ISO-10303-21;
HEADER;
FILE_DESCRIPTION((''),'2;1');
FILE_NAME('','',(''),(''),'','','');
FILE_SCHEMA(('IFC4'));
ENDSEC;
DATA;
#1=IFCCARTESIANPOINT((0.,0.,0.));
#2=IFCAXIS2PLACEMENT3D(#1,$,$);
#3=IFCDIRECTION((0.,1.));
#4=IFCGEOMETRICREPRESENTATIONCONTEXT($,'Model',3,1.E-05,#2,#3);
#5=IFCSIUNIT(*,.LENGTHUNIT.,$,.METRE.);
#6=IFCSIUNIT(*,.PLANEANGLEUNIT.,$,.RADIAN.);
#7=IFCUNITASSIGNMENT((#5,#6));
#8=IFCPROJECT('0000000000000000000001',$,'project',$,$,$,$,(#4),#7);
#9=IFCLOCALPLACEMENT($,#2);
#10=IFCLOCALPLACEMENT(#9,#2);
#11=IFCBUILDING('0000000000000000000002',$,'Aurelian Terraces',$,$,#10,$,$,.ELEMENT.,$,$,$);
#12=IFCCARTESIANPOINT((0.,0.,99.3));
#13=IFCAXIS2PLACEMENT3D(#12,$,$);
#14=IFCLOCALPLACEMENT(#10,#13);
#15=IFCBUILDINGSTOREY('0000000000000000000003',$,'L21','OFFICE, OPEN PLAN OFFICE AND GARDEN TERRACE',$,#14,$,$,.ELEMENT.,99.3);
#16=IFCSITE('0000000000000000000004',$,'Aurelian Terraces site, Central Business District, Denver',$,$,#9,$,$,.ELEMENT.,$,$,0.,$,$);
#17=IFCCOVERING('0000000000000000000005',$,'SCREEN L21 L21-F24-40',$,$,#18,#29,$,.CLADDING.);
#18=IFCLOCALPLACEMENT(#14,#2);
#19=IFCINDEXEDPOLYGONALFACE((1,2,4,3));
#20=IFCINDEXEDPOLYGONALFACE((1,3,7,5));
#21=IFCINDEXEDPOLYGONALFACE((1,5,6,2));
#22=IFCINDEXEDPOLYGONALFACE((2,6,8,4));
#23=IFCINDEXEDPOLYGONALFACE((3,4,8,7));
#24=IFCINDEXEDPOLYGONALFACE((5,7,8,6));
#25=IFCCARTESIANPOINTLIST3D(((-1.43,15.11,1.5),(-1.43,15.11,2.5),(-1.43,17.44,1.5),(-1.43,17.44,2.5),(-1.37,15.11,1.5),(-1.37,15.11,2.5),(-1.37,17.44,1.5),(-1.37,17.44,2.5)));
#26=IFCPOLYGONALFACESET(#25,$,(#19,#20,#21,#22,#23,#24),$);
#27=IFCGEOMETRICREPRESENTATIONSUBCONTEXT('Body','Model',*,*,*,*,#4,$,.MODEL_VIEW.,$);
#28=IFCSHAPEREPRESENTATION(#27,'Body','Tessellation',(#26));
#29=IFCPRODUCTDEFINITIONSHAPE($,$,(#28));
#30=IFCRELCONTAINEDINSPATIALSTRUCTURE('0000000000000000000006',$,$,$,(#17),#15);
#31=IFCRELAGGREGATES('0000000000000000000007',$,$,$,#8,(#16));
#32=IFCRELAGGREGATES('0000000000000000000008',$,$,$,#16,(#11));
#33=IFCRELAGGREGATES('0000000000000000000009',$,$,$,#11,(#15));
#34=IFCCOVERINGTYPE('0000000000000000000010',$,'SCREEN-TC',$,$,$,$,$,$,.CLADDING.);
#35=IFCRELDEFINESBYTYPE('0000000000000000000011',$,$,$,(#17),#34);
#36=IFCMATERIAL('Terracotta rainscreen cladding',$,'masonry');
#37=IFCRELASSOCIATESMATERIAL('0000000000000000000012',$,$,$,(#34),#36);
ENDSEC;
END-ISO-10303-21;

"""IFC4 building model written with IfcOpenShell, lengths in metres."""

from ifc_helpers import new_model, si_unit, direction, frame, origin, origin_2d, place, context, subcontext, project, spatial, rectangle, extrude, source, transform, mapped, material, type_object, element, save


model = new_model("IFC4")

# Units and contexts
model_context = context("Model", 3, precision=1e-05, world=origin(), true_north=direction((0.0, 1.0)))
body_context = subcontext(model_context, "Body", "Model", "MODEL_VIEW")
ifc_project = project(units=[si_unit("LENGTHUNIT", "METRE"), si_unit("PLANEANGLEUNIT", "RADIAN")], contexts=[model_context])

# Site, building, storey
site_placement = place(None, origin())
site = spatial("IfcSite", under=ifc_project, at=site_placement, Name="Aurelian Terraces site, Central Business District, Denver", CompositionType="ELEMENT", RefElevation=0.0)
building_placement = place(site_placement, origin())
building = spatial("IfcBuilding", under=site, at=building_placement, Name="Aurelian Terraces", CompositionType="ELEMENT")
storey_placement = place(building_placement, frame((0.0, 0.0, 99.3)))
storey = spatial("IfcBuildingStorey", under=building, at=storey_placement, Name="L21", Description="OFFICE, OPEN PLAN OFFICE AND GARDEN TERRACE", CompositionType="ELEMENT", Elevation=99.3)

# Shared definitions
ifc_material_1 = material(Name="Terracotta rainscreen cladding", Category="masonry")

# Covering
covering_type_1 = type_object("IfcCoveringType", Name="SCREEN-TC", PredefinedType="CLADDING", material=ifc_material_1)
shared_shape_1 = source(origin(), body_context, "Body", "SweptSolid", [
    extrude(rectangle(XDim=0.06, YDim=2.33, at=origin_2d()), origin(), (0.0, 0.0, 1.0), 1.0),
])
covering_1_placement = place(storey_placement, frame((-1.4, 16.275, 1.5), z_axis=(0.0, 0.0, 1.0), x_axis=(1.0, 0.0, 0.0)))
element("IfcCovering", 1, at=covering_1_placement, inside=storey, type_object=covering_type_1, Name="SCREEN L21 L21-F24-40", PredefinedType="CLADDING", context=body_context, shape_type="MappedRepresentation", body=[
    mapped(shared_shape_1, transform((0.0, 0.0, 0.0), scale=1.0)),
])

save(model, "model.ifc")
